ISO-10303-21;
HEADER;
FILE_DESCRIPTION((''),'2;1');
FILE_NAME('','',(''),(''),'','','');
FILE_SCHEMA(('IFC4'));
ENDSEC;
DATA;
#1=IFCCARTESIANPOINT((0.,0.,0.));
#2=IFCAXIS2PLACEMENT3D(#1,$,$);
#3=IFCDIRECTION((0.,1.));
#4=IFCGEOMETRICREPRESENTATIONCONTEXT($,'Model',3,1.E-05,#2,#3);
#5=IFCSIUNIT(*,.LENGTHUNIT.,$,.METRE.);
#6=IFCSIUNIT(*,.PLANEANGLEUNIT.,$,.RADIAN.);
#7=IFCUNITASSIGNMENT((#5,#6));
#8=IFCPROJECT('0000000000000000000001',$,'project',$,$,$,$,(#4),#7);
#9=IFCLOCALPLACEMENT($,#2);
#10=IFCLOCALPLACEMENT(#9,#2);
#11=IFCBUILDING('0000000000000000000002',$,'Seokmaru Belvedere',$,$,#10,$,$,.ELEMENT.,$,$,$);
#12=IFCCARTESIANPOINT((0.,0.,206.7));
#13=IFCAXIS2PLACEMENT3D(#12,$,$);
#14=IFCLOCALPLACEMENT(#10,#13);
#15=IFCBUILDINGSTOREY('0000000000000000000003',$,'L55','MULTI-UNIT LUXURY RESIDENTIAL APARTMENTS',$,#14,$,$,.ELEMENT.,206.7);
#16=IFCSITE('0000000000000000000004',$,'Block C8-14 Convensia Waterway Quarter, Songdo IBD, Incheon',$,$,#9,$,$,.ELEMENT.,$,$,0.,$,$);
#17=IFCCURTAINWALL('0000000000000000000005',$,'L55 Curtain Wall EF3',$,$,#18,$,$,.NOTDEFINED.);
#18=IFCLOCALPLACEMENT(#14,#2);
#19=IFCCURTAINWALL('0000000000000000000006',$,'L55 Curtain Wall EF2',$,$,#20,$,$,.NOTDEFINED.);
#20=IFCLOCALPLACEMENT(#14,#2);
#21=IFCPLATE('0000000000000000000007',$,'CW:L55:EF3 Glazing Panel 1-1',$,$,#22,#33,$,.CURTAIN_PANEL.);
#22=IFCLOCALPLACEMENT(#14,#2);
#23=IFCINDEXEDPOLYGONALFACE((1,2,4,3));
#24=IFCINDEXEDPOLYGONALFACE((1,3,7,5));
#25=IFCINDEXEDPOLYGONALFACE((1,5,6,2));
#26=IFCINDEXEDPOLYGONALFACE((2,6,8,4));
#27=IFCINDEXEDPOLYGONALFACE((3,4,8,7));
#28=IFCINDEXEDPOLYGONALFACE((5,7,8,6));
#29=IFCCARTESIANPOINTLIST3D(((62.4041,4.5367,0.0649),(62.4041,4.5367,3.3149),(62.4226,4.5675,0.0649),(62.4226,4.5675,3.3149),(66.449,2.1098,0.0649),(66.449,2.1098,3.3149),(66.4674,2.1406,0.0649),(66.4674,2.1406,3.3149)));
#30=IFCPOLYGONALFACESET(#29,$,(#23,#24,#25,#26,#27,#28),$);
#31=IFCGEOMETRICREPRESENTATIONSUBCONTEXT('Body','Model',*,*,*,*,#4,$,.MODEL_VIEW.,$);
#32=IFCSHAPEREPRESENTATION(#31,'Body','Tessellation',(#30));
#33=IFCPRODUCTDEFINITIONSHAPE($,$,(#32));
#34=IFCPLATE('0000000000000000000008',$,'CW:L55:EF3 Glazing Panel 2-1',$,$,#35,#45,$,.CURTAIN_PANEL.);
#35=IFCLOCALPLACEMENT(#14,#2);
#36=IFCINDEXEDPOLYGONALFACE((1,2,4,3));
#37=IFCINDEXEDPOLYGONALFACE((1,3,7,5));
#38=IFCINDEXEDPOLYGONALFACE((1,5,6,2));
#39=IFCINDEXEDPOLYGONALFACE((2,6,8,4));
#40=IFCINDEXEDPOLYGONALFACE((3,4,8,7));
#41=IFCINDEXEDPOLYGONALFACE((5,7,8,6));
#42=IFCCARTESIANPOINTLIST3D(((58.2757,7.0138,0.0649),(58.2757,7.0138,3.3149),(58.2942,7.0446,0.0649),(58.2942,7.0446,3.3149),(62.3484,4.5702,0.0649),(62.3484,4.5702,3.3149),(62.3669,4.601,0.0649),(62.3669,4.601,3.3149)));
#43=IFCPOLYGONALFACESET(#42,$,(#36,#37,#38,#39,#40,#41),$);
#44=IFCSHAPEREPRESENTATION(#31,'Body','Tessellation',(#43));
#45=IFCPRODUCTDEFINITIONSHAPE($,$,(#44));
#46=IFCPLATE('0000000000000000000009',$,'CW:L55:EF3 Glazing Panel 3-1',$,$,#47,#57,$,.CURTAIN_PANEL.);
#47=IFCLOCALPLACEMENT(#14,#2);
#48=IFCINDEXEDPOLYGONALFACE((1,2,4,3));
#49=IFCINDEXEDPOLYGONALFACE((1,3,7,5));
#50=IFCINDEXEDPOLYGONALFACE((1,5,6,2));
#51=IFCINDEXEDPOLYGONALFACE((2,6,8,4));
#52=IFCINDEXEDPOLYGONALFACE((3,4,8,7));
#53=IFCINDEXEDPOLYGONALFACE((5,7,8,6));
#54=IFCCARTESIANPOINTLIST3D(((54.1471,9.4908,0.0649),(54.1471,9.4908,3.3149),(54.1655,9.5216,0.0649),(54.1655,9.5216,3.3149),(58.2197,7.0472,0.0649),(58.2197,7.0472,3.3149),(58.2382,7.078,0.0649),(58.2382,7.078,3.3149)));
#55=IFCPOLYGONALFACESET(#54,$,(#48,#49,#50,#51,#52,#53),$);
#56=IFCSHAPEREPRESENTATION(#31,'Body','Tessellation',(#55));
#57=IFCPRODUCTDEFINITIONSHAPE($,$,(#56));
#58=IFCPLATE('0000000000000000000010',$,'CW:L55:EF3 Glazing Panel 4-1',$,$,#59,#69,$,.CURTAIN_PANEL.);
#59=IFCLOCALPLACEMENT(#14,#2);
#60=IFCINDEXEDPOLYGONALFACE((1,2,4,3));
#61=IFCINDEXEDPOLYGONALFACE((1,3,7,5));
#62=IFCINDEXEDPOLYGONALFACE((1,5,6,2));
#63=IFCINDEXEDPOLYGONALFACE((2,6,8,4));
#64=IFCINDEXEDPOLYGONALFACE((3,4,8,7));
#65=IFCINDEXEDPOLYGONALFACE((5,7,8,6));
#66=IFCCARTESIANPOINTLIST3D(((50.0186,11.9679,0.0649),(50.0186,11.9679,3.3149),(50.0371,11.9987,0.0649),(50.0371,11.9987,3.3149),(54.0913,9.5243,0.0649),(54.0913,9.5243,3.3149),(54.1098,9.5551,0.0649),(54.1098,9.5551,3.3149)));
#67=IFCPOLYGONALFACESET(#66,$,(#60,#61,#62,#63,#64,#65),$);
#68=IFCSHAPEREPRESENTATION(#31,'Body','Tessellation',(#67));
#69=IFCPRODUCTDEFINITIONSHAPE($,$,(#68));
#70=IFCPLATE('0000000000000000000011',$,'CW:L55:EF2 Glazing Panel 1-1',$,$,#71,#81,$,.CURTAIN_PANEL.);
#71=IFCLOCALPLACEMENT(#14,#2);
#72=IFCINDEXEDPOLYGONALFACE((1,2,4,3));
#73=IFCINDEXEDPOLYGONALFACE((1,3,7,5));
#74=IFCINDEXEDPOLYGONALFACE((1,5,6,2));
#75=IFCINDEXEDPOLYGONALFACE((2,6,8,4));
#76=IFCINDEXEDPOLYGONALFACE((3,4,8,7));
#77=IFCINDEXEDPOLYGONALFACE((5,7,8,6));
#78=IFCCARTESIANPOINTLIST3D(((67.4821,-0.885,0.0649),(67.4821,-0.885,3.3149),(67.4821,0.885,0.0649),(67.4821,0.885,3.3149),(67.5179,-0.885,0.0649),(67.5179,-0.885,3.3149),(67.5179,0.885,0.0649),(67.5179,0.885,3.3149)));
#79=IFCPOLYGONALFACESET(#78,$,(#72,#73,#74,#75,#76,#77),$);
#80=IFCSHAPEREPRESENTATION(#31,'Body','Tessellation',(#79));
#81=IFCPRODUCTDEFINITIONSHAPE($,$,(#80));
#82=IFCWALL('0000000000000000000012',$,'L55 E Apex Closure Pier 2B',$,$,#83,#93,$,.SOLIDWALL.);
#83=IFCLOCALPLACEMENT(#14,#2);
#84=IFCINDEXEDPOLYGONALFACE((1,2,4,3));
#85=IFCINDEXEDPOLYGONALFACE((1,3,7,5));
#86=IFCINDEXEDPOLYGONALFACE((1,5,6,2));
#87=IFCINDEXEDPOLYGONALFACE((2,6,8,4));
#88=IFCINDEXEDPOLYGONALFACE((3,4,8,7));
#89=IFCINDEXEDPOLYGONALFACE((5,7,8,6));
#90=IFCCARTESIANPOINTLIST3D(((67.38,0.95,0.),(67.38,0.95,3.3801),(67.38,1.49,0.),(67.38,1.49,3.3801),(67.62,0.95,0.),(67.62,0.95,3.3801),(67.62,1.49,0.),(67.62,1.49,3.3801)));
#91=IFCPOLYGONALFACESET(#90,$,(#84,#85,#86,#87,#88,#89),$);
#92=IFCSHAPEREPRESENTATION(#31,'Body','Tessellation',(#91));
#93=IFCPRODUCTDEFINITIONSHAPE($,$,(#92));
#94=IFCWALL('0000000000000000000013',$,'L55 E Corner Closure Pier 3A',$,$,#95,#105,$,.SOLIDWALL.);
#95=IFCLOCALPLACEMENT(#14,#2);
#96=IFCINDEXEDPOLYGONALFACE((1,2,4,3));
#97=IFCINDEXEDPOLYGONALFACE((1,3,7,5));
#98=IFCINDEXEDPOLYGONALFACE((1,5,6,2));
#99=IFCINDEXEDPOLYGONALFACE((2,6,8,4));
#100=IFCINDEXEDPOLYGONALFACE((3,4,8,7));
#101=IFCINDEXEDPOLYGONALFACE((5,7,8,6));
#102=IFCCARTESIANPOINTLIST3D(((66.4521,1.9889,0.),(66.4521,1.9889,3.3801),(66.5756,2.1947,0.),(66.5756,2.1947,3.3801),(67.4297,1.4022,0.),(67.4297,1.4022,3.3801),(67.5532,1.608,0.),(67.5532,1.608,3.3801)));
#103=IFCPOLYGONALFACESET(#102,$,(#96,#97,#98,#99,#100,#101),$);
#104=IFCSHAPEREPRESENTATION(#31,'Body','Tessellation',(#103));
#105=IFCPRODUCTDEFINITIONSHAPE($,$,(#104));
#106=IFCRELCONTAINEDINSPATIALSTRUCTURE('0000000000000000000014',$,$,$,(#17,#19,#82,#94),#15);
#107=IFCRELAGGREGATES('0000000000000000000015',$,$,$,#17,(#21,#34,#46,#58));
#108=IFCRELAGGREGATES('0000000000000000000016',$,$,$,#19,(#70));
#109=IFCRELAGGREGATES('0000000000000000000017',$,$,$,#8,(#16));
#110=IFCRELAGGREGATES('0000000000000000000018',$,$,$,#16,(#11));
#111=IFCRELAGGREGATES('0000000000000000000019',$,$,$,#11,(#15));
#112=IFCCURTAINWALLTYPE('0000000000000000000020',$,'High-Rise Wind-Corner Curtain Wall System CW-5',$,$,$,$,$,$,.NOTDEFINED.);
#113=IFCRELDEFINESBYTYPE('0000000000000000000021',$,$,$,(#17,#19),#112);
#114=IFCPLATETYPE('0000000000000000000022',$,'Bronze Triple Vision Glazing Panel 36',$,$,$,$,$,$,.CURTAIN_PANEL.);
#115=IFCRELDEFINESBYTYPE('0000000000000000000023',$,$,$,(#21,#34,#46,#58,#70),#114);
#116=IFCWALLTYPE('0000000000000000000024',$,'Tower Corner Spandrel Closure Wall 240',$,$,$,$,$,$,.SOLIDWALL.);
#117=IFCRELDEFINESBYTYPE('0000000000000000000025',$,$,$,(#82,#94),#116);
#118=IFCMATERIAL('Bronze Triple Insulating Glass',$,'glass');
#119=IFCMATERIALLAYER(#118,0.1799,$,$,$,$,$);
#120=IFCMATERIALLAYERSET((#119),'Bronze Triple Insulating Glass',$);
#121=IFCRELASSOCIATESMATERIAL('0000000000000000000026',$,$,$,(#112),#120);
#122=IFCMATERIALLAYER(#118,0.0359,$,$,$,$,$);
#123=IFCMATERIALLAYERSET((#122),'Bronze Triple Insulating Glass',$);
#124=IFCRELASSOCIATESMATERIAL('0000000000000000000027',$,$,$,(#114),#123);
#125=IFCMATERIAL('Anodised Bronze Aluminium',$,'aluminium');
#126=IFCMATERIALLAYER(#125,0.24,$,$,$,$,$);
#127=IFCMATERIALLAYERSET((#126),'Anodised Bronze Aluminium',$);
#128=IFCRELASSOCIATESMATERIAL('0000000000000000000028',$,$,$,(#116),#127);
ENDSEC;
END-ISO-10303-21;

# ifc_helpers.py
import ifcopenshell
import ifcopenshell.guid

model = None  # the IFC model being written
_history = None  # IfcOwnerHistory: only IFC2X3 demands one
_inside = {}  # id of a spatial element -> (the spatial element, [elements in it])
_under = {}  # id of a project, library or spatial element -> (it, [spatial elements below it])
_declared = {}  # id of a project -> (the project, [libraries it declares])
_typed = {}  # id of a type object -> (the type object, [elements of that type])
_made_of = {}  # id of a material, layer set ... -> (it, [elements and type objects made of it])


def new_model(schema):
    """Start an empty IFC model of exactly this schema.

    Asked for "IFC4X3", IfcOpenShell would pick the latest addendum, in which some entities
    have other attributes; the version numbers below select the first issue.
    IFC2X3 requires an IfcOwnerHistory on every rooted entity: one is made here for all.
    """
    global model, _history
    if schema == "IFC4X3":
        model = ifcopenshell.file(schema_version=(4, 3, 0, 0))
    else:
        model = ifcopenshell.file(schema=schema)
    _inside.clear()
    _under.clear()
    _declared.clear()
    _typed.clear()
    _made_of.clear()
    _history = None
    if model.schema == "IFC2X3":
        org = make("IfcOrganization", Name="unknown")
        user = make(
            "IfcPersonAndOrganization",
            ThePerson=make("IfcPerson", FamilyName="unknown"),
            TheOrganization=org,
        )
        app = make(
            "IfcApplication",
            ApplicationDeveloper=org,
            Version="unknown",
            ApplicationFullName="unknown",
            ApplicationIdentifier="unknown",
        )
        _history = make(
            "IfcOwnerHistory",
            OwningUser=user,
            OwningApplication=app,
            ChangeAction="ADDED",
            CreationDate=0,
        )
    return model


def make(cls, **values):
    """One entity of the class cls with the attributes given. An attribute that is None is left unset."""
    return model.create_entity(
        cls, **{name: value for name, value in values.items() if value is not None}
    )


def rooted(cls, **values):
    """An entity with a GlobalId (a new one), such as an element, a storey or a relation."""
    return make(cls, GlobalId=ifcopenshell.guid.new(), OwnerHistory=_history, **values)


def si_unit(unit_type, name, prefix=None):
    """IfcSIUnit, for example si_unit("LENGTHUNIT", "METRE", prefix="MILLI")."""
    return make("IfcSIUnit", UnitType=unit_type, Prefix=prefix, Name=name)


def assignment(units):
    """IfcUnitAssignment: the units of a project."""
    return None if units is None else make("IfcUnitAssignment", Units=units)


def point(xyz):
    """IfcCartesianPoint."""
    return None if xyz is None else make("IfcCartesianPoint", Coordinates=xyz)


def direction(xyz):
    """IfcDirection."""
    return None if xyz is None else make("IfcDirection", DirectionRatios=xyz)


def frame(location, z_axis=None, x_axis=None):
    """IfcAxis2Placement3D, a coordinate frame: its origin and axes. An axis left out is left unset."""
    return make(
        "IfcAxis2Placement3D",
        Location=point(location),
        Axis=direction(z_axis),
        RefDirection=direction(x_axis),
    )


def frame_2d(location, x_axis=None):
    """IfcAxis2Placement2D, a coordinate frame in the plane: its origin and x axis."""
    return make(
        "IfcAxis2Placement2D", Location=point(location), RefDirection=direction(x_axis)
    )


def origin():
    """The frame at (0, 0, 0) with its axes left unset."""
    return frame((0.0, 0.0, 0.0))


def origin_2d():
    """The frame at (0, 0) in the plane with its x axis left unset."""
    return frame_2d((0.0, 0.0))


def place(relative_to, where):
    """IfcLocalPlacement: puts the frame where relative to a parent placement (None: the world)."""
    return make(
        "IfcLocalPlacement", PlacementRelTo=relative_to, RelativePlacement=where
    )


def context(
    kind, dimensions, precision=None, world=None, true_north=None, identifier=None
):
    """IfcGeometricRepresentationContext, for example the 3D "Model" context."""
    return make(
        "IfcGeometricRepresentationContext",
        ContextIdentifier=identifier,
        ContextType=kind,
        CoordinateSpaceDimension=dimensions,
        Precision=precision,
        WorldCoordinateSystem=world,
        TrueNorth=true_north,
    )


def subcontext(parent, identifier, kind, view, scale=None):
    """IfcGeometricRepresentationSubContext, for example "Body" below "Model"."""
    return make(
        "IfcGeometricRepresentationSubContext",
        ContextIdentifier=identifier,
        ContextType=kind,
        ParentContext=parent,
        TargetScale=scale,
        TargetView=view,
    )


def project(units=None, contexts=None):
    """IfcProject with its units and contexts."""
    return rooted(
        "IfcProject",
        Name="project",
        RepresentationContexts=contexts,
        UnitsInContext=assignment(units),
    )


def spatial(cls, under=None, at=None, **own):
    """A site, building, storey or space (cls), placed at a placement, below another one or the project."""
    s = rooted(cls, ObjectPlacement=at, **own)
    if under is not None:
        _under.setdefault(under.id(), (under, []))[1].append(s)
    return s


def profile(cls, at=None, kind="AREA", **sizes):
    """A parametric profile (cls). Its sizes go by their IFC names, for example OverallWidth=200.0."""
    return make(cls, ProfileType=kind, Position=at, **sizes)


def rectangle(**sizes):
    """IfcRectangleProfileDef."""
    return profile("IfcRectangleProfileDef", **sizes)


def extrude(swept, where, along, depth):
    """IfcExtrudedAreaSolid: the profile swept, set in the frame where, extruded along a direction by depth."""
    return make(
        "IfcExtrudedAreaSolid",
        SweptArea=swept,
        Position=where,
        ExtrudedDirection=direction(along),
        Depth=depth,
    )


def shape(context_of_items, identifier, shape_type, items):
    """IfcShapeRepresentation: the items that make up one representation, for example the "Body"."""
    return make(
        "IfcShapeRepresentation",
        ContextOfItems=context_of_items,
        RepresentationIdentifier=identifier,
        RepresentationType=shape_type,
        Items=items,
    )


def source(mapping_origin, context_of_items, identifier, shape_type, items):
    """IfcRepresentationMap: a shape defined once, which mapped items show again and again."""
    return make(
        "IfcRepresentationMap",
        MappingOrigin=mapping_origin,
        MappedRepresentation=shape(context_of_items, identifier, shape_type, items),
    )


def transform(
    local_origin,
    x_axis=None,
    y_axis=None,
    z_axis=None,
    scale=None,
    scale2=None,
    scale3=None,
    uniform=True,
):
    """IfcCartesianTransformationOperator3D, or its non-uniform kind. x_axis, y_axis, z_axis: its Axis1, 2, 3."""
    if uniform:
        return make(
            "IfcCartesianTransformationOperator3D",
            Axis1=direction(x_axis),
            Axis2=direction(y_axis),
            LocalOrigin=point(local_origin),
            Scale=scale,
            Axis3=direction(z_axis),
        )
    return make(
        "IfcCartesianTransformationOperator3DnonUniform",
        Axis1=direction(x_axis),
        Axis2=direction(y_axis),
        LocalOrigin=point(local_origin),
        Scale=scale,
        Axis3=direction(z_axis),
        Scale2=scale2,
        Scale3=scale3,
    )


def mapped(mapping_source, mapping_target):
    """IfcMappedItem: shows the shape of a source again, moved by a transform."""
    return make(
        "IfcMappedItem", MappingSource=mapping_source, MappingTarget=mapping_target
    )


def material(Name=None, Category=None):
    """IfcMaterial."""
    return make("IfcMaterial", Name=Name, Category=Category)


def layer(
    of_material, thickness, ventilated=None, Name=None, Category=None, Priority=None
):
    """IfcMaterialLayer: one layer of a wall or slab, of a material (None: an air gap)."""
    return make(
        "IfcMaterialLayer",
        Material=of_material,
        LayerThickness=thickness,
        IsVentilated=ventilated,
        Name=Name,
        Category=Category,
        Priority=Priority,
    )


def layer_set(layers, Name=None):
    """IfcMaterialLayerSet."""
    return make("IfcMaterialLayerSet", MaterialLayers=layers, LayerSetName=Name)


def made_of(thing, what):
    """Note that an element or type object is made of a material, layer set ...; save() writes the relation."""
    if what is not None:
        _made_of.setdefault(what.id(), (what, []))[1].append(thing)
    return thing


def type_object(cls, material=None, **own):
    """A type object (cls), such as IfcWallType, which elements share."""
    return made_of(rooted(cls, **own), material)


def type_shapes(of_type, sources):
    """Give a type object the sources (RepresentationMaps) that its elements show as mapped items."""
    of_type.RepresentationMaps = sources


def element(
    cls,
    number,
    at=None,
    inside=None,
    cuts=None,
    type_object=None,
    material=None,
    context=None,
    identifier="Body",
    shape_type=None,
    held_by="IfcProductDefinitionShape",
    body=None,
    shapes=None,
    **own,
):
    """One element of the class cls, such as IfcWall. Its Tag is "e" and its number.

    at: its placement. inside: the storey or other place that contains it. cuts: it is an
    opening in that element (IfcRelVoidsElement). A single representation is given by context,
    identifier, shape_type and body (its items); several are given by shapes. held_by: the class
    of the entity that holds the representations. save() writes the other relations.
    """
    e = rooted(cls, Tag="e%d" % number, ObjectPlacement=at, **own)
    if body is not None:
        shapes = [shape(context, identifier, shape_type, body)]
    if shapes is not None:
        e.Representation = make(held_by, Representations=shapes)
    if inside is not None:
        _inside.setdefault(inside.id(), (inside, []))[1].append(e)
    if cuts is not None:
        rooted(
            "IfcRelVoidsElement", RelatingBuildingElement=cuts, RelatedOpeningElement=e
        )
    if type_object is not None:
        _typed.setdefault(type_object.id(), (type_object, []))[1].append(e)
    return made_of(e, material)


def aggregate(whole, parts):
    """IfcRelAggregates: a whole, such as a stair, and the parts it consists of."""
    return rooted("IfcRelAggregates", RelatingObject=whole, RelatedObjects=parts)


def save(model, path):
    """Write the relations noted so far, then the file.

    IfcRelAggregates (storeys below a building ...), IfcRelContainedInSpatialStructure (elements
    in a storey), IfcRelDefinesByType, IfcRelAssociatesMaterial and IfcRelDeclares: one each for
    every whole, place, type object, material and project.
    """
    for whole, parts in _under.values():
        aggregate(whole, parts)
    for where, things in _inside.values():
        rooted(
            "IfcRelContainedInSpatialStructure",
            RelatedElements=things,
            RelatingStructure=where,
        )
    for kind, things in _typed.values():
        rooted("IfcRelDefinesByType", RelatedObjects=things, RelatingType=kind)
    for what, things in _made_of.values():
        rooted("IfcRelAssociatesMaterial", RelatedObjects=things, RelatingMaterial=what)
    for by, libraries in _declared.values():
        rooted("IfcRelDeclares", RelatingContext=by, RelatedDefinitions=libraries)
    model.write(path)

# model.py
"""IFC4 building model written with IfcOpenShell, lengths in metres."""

from ifc_helpers import new_model, si_unit, direction, frame, frame_2d, origin, origin_2d, place, context, subcontext, project, spatial, rectangle, extrude, source, transform, mapped, material, layer, layer_set, type_object, type_shapes, element, aggregate, save


model = new_model("IFC4")

# Units and contexts
model_context = context("Model", 3, precision=1e-05, world=origin(), true_north=direction((0.0, 1.0)))
body_context = subcontext(model_context, "Body", "Model", "MODEL_VIEW")
ifc_project = project(units=[si_unit("LENGTHUNIT", "METRE"), si_unit("PLANEANGLEUNIT", "RADIAN")], contexts=[model_context])

# Site, building, storey
site_placement = place(None, origin())
site = spatial("IfcSite", under=ifc_project, at=site_placement, Name="Block C8-14 Convensia Waterway Quarter, Songdo IBD, Incheon", CompositionType="ELEMENT", RefElevation=0.0)
building_placement = place(site_placement, origin())
building = spatial("IfcBuilding", under=site, at=building_placement, Name="Seokmaru Belvedere", CompositionType="ELEMENT")
storey_placement = place(building_placement, frame((0.0, 0.0, 206.7)))
storey = spatial("IfcBuildingStorey", under=building, at=storey_placement, Name="L55", Description="MULTI-UNIT LUXURY RESIDENTIAL APARTMENTS", CompositionType="ELEMENT", Elevation=206.7)

# Curtain walls
ifc_material_1 = material(Name="Bronze Triple Insulating Glass", Category="glass")
ifc_layer_1 = layer(ifc_material_1, 0.1799)
ifc_layer_set_1 = layer_set([ifc_layer_1], Name="Bronze Triple Insulating Glass")
curtain_wall_type = type_object("IfcCurtainWallType", Name="High-Rise Wind-Corner Curtain Wall System CW-5", PredefinedType="NOTDEFINED", material=ifc_layer_set_1)
curtain_wall_1_placement = place(storey_placement, origin())
curtain_wall_1 = element("IfcCurtainWall", 1, at=curtain_wall_1_placement, inside=storey, type_object=curtain_wall_type, Name="L55 Curtain Wall EF3", PredefinedType="NOTDEFINED")
ifc_material_2 = material(Name="Anodised Bronze Aluminium", Category="aluminium")
curtain_wall_2_placement = place(storey_placement, origin())
curtain_wall_2 = element("IfcCurtainWall", 2, at=curtain_wall_2_placement, inside=storey, type_object=curtain_wall_type, Name="L55 Curtain Wall EF2", PredefinedType="NOTDEFINED")

# Plates
ifc_layer_2 = layer(ifc_material_1, 0.0359)
ifc_layer_set_2 = layer_set([ifc_layer_2], Name="Bronze Triple Insulating Glass")
plate_type = type_object("IfcPlateType", Name="Bronze Triple Vision Glazing Panel 36", PredefinedType="CURTAIN_PANEL", material=ifc_layer_set_2)
shared_shape_1 = source(origin(), body_context, "Body", "SweptSolid", [
    extrude(rectangle(XDim=4.717, YDim=0.0359, at=origin_2d()), origin(), (0.0, 0.0, 1.0), 3.25),
])
plate_1_placement = place(storey_placement, frame((64.4358, 3.3386, 0.0649), z_axis=(0.0, 0.0, 1.0), x_axis=(-0.857493, 0.514495, 0.0)))
plate_1 = element("IfcPlate", 3, at=plate_1_placement, type_object=plate_type, Name="CW:L55:EF3 Glazing Panel 1-1", PredefinedType="CURTAIN_PANEL", context=body_context, shape_type="MappedRepresentation", body=[
    mapped(shared_shape_1, transform((0.0, 0.0, 0.0), scale=1.0)),
])
shared_shape_2 = source(origin(), body_context, "Body", "SweptSolid", [
    extrude(rectangle(XDim=4.7495, YDim=0.0359, at=origin_2d()), origin(), (0.0, 0.0, 1.0), 3.25),
])
plate_2_placement = place(storey_placement, frame((60.3213, 5.8074, 0.0649), z_axis=(0.0, 0.0, 1.0), x_axis=(-0.857493, 0.514495, 0.0)))
plate_2 = element("IfcPlate", 4, at=plate_2_placement, type_object=plate_type, Name="CW:L55:EF3 Glazing Panel 2-1", PredefinedType="CURTAIN_PANEL", context=body_context, shape_type="MappedRepresentation", body=[
    mapped(shared_shape_2, transform((0.0, 0.0, 0.0), scale=1.0)),
])
plate_3_placement = place(storey_placement, frame((56.1926, 8.2844, 0.0649), z_axis=(0.0, 0.0, 1.0), x_axis=(-0.857493, 0.514495, 0.0)))
plate_3 = element("IfcPlate", 5, at=plate_3_placement, type_object=plate_type, Name="CW:L55:EF3 Glazing Panel 3-1", PredefinedType="CURTAIN_PANEL", context=body_context, shape_type="MappedRepresentation", body=[
    mapped(shared_shape_2, transform((0.0, 0.0, 0.0), scale=1.0)),
])
plate_4_placement = place(storey_placement, frame((52.0642, 10.7615, 0.0649), z_axis=(0.0, 0.0, 1.0), x_axis=(-0.857493, 0.514495, 0.0)))
plate_4 = element("IfcPlate", 6, at=plate_4_placement, type_object=plate_type, Name="CW:L55:EF3 Glazing Panel 4-1", PredefinedType="CURTAIN_PANEL", context=body_context, shape_type="MappedRepresentation", body=[
    mapped(shared_shape_2, transform((0.0, 0.0, 0.0), scale=1.0)),
])
aggregate(curtain_wall_1, [plate_1, plate_2, plate_3, plate_4])
shared_shape_3 = source(origin(), body_context, "Body", "SweptSolid", [
    extrude(rectangle(XDim=1.77, YDim=0.0359, at=origin_2d()), origin(), (0.0, 0.0, 1.0), 3.25),
])
type_shapes(plate_type, [shared_shape_1, shared_shape_2, shared_shape_3])
plate_5_placement = place(storey_placement, frame((67.5, 0.0, 0.0649), z_axis=(0.0, 0.0, 1.0), x_axis=(0.0, 1.0, 0.0)))
plate_5 = element("IfcPlate", 7, at=plate_5_placement, type_object=plate_type, Name="CW:L55:EF2 Glazing Panel 1-1", PredefinedType="CURTAIN_PANEL", context=body_context, shape_type="MappedRepresentation", body=[
    mapped(shared_shape_3, transform((0.0, 0.0, 0.0), scale=1.0)),
])
aggregate(curtain_wall_2, [plate_5])

# Walls
ifc_layer_3 = layer(ifc_material_2, 0.24)
ifc_layer_set_3 = layer_set([ifc_layer_3], Name="Anodised Bronze Aluminium")
wall_type = type_object("IfcWallType", Name="Tower Corner Spandrel Closure Wall 240", PredefinedType="SOLIDWALL", material=ifc_layer_set_3)
wall_1_placement = place(storey_placement, frame((67.5, 0.95, 0.0), z_axis=(0.0, 0.0, 1.0), x_axis=(0.0, 1.0, 0.0)))
element("IfcWall", 8, at=wall_1_placement, inside=storey, type_object=wall_type, Name="L55 E Apex Closure Pier 2B", PredefinedType="SOLIDWALL", context=body_context, shape_type="SweptSolid", body=[
    extrude(rectangle(XDim=0.54, YDim=0.24, at=frame_2d((0.27, 0.0))), origin(), (0.0, 0.0, 1.0), 3.3801),
])
wall_2_placement = place(storey_placement, frame((67.4915, 1.5051, 0.0), z_axis=(0.0, 0.0, 1.0), x_axis=(-0.857436, 0.51459, 0.0)))
element("IfcWall", 9, at=wall_2_placement, inside=storey, type_object=wall_type, Name="L55 E Corner Closure Pier 3A", PredefinedType="SOLIDWALL", context=body_context, shape_type="SweptSolid", body=[
    extrude(rectangle(XDim=1.1401, YDim=0.24, at=frame_2d((0.5701, 0.0))), origin(), (0.0, 0.0, 1.0), 3.3801),
])

save(model, "model.ifc")
